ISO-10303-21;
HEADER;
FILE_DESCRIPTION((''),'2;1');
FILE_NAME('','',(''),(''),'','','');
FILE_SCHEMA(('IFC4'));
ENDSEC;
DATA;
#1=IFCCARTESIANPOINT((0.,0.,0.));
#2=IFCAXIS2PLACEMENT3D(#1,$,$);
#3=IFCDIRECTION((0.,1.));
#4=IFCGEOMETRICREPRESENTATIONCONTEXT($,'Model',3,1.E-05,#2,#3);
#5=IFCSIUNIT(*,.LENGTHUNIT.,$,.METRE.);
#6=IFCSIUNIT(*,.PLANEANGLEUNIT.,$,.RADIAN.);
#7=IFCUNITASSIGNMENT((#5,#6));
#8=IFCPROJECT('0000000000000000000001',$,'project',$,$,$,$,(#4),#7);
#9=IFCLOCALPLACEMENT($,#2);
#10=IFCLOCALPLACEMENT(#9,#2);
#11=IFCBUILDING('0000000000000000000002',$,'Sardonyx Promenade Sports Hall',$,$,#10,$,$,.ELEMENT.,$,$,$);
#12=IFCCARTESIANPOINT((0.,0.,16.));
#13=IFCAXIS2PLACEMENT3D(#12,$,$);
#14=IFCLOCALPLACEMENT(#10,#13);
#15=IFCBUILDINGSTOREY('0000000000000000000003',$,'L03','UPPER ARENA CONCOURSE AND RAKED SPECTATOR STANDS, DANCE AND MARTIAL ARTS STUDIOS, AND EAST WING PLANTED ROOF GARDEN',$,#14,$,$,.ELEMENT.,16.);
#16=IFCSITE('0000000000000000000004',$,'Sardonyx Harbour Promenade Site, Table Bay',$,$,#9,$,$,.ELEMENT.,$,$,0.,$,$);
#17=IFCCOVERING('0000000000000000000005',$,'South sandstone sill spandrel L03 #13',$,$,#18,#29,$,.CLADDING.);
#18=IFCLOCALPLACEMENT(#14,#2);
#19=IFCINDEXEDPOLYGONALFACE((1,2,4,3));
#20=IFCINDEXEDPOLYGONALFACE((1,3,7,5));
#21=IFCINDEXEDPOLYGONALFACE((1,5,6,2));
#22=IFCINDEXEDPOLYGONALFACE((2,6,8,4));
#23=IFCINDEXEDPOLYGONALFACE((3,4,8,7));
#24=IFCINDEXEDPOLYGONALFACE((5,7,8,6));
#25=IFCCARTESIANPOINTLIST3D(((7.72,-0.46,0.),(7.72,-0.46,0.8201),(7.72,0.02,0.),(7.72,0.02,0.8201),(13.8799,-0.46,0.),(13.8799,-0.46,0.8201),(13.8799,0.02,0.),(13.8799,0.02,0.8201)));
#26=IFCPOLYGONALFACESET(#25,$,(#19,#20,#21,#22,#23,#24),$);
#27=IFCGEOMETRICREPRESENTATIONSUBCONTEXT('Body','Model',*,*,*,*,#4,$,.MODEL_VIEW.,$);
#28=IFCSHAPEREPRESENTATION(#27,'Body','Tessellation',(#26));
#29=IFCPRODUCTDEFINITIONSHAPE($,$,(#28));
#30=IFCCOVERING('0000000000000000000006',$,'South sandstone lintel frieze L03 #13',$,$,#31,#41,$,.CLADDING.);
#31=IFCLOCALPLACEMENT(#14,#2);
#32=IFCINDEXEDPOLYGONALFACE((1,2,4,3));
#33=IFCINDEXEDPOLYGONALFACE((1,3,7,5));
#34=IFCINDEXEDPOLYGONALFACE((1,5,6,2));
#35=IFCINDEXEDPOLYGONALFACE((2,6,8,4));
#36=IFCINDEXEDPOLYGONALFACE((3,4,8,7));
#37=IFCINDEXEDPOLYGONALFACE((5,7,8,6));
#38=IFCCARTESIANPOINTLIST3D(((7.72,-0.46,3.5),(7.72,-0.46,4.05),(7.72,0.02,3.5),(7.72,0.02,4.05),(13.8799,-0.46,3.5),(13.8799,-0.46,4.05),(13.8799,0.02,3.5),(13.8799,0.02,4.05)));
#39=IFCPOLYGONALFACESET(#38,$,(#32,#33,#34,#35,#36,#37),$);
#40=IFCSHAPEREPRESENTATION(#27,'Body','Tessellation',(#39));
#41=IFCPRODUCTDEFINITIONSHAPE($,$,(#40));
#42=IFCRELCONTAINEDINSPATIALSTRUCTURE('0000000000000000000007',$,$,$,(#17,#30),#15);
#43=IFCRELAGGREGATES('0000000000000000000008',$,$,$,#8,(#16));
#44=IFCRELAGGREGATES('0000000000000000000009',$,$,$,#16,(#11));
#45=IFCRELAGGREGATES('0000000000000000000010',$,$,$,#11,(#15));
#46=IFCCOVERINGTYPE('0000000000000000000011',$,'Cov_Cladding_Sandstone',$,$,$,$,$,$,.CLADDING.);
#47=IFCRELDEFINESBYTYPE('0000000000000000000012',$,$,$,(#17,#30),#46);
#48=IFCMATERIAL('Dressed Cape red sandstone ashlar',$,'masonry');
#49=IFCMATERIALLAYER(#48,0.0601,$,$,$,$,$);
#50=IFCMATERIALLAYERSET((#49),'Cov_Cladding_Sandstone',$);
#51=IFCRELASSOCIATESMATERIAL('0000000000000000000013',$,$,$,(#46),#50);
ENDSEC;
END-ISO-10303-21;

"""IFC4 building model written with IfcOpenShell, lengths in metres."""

from ifc_helpers import new_model, si_unit, direction, frame, origin, place, context, subcontext, project, spatial, polyline, outline, extrude, material, layer, layer_set, type_object, element, save


model = new_model("IFC4")

# Units and contexts
model_context = context("Model", 3, precision=1e-05, world=origin(), true_north=direction((0.0, 1.0)))
body_context = subcontext(model_context, "Body", "Model", "MODEL_VIEW")
ifc_project = project(units=[si_unit("LENGTHUNIT", "METRE"), si_unit("PLANEANGLEUNIT", "RADIAN")], contexts=[model_context])

# Site, building, storey
site_placement = place(None, origin())
site = spatial("IfcSite", under=ifc_project, at=site_placement, Name="Sardonyx Harbour Promenade Site, Table Bay", CompositionType="ELEMENT", RefElevation=0.0)
building_placement = place(site_placement, origin())
building = spatial("IfcBuilding", under=site, at=building_placement, Name="Sardonyx Promenade Sports Hall", CompositionType="ELEMENT")
storey_placement = place(building_placement, frame((0.0, 0.0, 16.0)))
storey = spatial("IfcBuildingStorey", under=building, at=storey_placement, Name="L03", Description="UPPER ARENA CONCOURSE AND RAKED SPECTATOR STANDS, DANCE AND MARTIAL ARTS STUDIOS, AND EAST WING PLANTED ROOF GARDEN", CompositionType="ELEMENT", Elevation=16.0)

# Coverings
ifc_material = material(Name="Dressed Cape red sandstone ashlar", Category="masonry")
ifc_layer = layer(ifc_material, 0.0601)
ifc_layer_set = layer_set([ifc_layer], Name="Cov_Cladding_Sandstone")
covering_type = type_object("IfcCoveringType", Name="Cov_Cladding_Sandstone", PredefinedType="CLADDING", material=ifc_layer_set)
covering_1_placement = place(storey_placement, origin())
element("IfcCovering", 1, at=covering_1_placement, inside=storey, type_object=covering_type, Name="South sandstone sill spandrel L03 #13", PredefinedType="CLADDING", context=body_context, shape_type="SweptSolid", body=[
    extrude(outline(polyline([(7.72, -0.46), (13.8799, -0.46), (13.8799, 0.02), (7.72, 0.02), (7.72, -0.46)])), origin(), (0.0, 0.0, 1.0), 0.8201),
])
covering_2_placement = place(storey_placement, frame((0.0, 0.0, 3.5)))
element("IfcCovering", 2, at=covering_2_placement, inside=storey, type_object=covering_type, Name="South sandstone lintel frieze L03 #13", PredefinedType="CLADDING", context=body_context, shape_type="SweptSolid", body=[
    extrude(outline(polyline([(7.72, -0.46), (13.8799, -0.46), (13.8799, 0.02), (7.72, 0.02), (7.72, -0.46)])), origin(), (0.0, 0.0, 1.0), 0.55),
])

save(model, "model.ifc")
